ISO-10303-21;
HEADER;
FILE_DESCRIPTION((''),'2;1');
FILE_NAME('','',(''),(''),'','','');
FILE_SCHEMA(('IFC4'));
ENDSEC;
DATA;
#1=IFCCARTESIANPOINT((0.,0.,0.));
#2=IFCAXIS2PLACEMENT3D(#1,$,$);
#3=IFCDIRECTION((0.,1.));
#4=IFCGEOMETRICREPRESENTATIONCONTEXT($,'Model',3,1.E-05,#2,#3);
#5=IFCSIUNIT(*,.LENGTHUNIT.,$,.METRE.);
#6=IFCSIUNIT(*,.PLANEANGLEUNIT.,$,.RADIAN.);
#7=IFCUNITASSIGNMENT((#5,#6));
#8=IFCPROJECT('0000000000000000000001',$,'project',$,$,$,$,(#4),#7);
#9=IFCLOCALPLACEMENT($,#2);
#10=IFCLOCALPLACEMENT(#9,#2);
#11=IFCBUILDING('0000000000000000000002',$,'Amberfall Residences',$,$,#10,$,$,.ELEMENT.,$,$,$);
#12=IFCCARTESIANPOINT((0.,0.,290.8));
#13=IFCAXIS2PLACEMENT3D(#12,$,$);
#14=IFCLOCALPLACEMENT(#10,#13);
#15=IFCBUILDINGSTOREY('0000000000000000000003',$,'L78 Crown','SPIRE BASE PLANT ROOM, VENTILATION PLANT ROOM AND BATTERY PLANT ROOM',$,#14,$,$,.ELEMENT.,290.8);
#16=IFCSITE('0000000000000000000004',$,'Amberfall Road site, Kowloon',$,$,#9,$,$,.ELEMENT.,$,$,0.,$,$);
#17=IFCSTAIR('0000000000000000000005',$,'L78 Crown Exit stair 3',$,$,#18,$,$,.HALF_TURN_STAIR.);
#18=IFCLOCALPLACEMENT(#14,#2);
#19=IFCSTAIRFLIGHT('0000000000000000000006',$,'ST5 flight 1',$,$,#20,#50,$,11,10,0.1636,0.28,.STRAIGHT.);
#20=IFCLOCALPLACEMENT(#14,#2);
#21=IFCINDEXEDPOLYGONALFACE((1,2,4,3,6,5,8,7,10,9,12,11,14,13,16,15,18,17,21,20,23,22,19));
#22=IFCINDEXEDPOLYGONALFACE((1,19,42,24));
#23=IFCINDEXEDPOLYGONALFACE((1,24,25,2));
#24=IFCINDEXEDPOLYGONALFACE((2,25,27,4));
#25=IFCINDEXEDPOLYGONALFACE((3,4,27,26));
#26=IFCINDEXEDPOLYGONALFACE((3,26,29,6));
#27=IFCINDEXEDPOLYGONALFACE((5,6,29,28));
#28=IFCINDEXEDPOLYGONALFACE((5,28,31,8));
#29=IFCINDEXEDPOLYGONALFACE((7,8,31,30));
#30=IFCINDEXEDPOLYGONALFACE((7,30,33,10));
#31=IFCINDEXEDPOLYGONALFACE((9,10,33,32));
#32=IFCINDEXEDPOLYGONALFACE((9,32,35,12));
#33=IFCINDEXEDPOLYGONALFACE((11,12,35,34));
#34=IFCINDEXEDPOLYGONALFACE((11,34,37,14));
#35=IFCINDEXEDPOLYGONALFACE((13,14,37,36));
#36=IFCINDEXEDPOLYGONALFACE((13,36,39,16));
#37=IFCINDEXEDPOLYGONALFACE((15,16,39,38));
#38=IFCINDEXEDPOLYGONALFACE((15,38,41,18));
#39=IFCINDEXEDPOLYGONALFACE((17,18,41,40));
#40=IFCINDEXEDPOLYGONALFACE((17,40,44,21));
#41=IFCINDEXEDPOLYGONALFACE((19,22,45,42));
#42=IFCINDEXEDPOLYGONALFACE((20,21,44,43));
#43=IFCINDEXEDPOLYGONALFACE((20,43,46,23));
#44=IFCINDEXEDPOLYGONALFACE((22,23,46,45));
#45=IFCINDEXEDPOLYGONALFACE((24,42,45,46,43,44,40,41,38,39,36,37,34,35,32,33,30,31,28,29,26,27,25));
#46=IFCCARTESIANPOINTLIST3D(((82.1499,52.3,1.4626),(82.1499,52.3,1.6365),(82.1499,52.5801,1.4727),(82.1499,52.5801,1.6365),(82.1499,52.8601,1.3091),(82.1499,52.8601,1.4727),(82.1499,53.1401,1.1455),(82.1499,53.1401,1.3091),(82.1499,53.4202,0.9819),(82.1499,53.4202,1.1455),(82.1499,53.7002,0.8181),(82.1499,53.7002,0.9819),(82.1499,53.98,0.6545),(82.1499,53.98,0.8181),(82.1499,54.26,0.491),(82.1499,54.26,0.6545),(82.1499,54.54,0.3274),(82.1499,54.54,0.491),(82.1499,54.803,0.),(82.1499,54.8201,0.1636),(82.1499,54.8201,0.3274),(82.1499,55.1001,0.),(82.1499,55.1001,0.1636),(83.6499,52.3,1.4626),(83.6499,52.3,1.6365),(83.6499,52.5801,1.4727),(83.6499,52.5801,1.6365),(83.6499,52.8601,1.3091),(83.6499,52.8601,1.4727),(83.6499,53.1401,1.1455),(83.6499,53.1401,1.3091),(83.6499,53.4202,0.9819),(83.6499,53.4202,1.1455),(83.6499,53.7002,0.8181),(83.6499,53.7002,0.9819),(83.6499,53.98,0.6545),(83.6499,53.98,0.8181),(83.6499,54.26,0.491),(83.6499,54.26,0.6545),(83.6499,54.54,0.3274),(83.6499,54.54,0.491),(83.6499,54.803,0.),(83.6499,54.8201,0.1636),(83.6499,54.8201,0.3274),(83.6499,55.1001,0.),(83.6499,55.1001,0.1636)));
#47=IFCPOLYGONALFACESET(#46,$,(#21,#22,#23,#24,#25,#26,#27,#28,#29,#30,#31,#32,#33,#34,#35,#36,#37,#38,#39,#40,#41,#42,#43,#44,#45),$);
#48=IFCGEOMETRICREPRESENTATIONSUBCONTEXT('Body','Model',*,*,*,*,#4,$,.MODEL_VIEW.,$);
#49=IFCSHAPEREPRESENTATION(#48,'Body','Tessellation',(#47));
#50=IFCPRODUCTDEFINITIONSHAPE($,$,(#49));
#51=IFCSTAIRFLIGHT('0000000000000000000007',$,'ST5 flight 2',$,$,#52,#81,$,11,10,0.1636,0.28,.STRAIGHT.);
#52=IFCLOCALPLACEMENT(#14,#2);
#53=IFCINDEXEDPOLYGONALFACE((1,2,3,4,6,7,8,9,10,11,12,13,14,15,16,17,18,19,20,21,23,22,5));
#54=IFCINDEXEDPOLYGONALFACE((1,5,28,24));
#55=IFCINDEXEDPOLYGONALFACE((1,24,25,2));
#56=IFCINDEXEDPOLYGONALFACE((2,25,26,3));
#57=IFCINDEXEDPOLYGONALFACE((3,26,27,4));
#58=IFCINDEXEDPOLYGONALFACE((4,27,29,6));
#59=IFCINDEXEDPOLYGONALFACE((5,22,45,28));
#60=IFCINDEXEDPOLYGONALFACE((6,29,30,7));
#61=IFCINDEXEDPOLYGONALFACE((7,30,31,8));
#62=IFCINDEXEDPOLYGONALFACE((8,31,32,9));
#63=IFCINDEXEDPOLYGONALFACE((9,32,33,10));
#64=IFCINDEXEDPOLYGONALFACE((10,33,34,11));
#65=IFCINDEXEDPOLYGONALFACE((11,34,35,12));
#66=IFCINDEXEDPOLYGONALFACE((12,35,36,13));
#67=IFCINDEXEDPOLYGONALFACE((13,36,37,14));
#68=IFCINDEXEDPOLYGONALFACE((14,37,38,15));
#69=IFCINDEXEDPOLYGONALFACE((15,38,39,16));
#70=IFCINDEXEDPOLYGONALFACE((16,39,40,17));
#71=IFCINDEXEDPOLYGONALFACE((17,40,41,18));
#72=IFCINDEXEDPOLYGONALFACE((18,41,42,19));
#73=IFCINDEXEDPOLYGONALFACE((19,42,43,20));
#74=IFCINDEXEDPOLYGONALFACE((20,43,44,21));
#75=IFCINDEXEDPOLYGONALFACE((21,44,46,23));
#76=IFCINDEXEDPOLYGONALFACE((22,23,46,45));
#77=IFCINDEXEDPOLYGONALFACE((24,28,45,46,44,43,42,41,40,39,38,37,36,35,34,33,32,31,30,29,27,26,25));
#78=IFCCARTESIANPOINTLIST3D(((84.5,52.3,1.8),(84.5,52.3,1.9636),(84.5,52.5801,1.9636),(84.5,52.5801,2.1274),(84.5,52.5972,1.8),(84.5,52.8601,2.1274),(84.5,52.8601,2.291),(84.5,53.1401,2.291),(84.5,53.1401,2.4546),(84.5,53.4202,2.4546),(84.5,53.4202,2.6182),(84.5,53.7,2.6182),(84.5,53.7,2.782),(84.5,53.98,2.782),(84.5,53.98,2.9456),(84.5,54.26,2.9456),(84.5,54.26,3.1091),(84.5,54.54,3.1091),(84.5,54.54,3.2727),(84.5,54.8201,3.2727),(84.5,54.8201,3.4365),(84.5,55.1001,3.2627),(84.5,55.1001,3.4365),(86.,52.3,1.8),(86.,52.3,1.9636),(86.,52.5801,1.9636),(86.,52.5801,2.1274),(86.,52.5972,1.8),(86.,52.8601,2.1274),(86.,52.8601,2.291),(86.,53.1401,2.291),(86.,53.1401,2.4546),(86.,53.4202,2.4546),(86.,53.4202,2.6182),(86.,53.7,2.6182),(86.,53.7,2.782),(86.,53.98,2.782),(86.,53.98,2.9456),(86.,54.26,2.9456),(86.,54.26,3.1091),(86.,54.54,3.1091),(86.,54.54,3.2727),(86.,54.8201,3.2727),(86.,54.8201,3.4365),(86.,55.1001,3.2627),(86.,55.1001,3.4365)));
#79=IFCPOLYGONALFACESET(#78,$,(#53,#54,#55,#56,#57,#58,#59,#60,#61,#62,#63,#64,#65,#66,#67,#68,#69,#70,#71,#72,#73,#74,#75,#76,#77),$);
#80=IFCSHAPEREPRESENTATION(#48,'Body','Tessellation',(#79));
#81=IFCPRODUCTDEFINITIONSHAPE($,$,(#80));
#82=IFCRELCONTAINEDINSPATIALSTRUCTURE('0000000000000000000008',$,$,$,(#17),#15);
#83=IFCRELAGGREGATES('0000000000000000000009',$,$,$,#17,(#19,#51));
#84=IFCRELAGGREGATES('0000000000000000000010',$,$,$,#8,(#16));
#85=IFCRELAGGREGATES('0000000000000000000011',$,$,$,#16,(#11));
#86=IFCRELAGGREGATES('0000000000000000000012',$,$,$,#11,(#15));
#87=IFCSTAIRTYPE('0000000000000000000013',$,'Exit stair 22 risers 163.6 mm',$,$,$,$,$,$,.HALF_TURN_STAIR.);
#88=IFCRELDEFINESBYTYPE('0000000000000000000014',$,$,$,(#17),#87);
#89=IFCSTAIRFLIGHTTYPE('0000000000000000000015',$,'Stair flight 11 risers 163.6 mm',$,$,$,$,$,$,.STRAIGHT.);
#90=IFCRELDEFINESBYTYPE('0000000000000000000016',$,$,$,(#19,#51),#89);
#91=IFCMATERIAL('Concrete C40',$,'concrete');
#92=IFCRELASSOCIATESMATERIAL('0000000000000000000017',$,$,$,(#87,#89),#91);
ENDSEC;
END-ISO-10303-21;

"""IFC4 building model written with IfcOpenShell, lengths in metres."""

from ifc_helpers import new_model, si_unit, direction, frame, origin, place, context, subcontext, project, spatial, polyline, outline, extrude, material, type_object, element, aggregate, save


model = new_model("IFC4")

# Units and contexts
model_context = context("Model", 3, precision=1e-05, world=origin(), true_north=direction((0.0, 1.0)))
body_context = subcontext(model_context, "Body", "Model", "MODEL_VIEW")
ifc_project = project(units=[si_unit("LENGTHUNIT", "METRE"), si_unit("PLANEANGLEUNIT", "RADIAN")], contexts=[model_context])

# Site, building, storey
site_placement = place(None, origin())
site = spatial("IfcSite", under=ifc_project, at=site_placement, Name="Amberfall Road site, Kowloon", CompositionType="ELEMENT", RefElevation=0.0)
building_placement = place(site_placement, origin())
building = spatial("IfcBuilding", under=site, at=building_placement, Name="Amberfall Residences", CompositionType="ELEMENT")
storey_placement = place(building_placement, frame((0.0, 0.0, 290.8)))
storey = spatial("IfcBuildingStorey", under=building, at=storey_placement, Name="L78 Crown", Description="SPIRE BASE PLANT ROOM, VENTILATION PLANT ROOM AND BATTERY PLANT ROOM", CompositionType="ELEMENT", Elevation=290.8)

# Stair, stair flights
ifc_material_1 = material(Name="Concrete C40", Category="concrete")
stair_type = type_object("IfcStairType", Name="Exit stair 22 risers 163.6 mm", PredefinedType="HALF_TURN_STAIR", material=ifc_material_1)
stair_placement = place(storey_placement, origin())
stair = element("IfcStair", 1, at=stair_placement, inside=storey, type_object=stair_type, Name="L78 Crown Exit stair 3", PredefinedType="HALF_TURN_STAIR")
stair_flight_type = type_object("IfcStairFlightType", Name="Stair flight 11 risers 163.6 mm", PredefinedType="STRAIGHT", material=ifc_material_1)
stair_flight_1_placement = place(storey_placement, frame((82.8999, 55.1001, 0.0), z_axis=(0.0, 0.0, 1.0), x_axis=(0.0, -1.0, 0.0)))
stair_flight_1 = element("IfcStairFlight", 2, at=stair_flight_1_placement, type_object=stair_flight_type, Name="ST5 flight 1", NumberOfRisers=11, NumberOfTreads=10, PredefinedType="STRAIGHT", RiserHeight=0.1636, TreadLength=0.28, context=body_context, shape_type="SweptSolid", body=[
    extrude(outline(polyline([(0.0, 0.0), (0.0, 0.1636), (0.28, 0.1636), (0.28, 0.3274), (0.5601, 0.3274), (0.5601, 0.491), (0.8401, 0.491), (0.8401, 0.6545), (1.1201, 0.6545), (1.1201, 0.8181), (1.3999, 0.8181), (1.3999, 0.9819), (1.6799, 0.9819), (1.6799, 1.1455), (1.96, 1.1455), (1.96, 1.3091), (2.24, 1.3091), (2.24, 1.4727), (2.52, 1.4727), (2.52, 1.6365), (2.8, 1.6365), (2.8, 1.8), (2.8, 1.4626), (0.2971, 0.0), (0.0, 0.0)])), frame((0.0, 0.75, 0.0), z_axis=(0.0, -1.0, 0.0), x_axis=(1.0, 0.0, 0.0)), (0.0, 0.0, 1.0), 1.5),
])
stair_flight_2_placement = place(storey_placement, frame((85.25, 52.3, 1.8), z_axis=(0.0, 0.0, 1.0), x_axis=(0.0, 1.0, 0.0)))
stair_flight_2 = element("IfcStairFlight", 3, at=stair_flight_2_placement, type_object=stair_flight_type, Name="ST5 flight 2", NumberOfRisers=11, NumberOfTreads=10, PredefinedType="STRAIGHT", RiserHeight=0.1636, TreadLength=0.28, context=body_context, shape_type="SweptSolid", body=[
    extrude(outline(polyline([(0.0, 0.0), (0.0, 0.1636), (0.28, 0.1636), (0.28, 0.3274), (0.5601, 0.3274), (0.5601, 0.491), (0.8401, 0.491), (0.8401, 0.6545), (1.1201, 0.6545), (1.1201, 0.8181), (1.3999, 0.8181), (1.3999, 0.9819), (1.6799, 0.9819), (1.6799, 1.1455), (1.96, 1.1455), (1.96, 1.3091), (2.24, 1.3091), (2.24, 1.4727), (2.52, 1.4727), (2.52, 1.6365), (2.8, 1.6365), (2.8, 1.8), (2.8, 1.4626), (0.2971, 0.0), (0.0, 0.0)])), frame((0.0, 0.75, 0.0), z_axis=(0.0, -1.0, 0.0), x_axis=(1.0, 0.0, 0.0)), (0.0, 0.0, 1.0), 1.5),
])
aggregate(stair, [stair_flight_1, stair_flight_2])

save(model, "model.ifc")
